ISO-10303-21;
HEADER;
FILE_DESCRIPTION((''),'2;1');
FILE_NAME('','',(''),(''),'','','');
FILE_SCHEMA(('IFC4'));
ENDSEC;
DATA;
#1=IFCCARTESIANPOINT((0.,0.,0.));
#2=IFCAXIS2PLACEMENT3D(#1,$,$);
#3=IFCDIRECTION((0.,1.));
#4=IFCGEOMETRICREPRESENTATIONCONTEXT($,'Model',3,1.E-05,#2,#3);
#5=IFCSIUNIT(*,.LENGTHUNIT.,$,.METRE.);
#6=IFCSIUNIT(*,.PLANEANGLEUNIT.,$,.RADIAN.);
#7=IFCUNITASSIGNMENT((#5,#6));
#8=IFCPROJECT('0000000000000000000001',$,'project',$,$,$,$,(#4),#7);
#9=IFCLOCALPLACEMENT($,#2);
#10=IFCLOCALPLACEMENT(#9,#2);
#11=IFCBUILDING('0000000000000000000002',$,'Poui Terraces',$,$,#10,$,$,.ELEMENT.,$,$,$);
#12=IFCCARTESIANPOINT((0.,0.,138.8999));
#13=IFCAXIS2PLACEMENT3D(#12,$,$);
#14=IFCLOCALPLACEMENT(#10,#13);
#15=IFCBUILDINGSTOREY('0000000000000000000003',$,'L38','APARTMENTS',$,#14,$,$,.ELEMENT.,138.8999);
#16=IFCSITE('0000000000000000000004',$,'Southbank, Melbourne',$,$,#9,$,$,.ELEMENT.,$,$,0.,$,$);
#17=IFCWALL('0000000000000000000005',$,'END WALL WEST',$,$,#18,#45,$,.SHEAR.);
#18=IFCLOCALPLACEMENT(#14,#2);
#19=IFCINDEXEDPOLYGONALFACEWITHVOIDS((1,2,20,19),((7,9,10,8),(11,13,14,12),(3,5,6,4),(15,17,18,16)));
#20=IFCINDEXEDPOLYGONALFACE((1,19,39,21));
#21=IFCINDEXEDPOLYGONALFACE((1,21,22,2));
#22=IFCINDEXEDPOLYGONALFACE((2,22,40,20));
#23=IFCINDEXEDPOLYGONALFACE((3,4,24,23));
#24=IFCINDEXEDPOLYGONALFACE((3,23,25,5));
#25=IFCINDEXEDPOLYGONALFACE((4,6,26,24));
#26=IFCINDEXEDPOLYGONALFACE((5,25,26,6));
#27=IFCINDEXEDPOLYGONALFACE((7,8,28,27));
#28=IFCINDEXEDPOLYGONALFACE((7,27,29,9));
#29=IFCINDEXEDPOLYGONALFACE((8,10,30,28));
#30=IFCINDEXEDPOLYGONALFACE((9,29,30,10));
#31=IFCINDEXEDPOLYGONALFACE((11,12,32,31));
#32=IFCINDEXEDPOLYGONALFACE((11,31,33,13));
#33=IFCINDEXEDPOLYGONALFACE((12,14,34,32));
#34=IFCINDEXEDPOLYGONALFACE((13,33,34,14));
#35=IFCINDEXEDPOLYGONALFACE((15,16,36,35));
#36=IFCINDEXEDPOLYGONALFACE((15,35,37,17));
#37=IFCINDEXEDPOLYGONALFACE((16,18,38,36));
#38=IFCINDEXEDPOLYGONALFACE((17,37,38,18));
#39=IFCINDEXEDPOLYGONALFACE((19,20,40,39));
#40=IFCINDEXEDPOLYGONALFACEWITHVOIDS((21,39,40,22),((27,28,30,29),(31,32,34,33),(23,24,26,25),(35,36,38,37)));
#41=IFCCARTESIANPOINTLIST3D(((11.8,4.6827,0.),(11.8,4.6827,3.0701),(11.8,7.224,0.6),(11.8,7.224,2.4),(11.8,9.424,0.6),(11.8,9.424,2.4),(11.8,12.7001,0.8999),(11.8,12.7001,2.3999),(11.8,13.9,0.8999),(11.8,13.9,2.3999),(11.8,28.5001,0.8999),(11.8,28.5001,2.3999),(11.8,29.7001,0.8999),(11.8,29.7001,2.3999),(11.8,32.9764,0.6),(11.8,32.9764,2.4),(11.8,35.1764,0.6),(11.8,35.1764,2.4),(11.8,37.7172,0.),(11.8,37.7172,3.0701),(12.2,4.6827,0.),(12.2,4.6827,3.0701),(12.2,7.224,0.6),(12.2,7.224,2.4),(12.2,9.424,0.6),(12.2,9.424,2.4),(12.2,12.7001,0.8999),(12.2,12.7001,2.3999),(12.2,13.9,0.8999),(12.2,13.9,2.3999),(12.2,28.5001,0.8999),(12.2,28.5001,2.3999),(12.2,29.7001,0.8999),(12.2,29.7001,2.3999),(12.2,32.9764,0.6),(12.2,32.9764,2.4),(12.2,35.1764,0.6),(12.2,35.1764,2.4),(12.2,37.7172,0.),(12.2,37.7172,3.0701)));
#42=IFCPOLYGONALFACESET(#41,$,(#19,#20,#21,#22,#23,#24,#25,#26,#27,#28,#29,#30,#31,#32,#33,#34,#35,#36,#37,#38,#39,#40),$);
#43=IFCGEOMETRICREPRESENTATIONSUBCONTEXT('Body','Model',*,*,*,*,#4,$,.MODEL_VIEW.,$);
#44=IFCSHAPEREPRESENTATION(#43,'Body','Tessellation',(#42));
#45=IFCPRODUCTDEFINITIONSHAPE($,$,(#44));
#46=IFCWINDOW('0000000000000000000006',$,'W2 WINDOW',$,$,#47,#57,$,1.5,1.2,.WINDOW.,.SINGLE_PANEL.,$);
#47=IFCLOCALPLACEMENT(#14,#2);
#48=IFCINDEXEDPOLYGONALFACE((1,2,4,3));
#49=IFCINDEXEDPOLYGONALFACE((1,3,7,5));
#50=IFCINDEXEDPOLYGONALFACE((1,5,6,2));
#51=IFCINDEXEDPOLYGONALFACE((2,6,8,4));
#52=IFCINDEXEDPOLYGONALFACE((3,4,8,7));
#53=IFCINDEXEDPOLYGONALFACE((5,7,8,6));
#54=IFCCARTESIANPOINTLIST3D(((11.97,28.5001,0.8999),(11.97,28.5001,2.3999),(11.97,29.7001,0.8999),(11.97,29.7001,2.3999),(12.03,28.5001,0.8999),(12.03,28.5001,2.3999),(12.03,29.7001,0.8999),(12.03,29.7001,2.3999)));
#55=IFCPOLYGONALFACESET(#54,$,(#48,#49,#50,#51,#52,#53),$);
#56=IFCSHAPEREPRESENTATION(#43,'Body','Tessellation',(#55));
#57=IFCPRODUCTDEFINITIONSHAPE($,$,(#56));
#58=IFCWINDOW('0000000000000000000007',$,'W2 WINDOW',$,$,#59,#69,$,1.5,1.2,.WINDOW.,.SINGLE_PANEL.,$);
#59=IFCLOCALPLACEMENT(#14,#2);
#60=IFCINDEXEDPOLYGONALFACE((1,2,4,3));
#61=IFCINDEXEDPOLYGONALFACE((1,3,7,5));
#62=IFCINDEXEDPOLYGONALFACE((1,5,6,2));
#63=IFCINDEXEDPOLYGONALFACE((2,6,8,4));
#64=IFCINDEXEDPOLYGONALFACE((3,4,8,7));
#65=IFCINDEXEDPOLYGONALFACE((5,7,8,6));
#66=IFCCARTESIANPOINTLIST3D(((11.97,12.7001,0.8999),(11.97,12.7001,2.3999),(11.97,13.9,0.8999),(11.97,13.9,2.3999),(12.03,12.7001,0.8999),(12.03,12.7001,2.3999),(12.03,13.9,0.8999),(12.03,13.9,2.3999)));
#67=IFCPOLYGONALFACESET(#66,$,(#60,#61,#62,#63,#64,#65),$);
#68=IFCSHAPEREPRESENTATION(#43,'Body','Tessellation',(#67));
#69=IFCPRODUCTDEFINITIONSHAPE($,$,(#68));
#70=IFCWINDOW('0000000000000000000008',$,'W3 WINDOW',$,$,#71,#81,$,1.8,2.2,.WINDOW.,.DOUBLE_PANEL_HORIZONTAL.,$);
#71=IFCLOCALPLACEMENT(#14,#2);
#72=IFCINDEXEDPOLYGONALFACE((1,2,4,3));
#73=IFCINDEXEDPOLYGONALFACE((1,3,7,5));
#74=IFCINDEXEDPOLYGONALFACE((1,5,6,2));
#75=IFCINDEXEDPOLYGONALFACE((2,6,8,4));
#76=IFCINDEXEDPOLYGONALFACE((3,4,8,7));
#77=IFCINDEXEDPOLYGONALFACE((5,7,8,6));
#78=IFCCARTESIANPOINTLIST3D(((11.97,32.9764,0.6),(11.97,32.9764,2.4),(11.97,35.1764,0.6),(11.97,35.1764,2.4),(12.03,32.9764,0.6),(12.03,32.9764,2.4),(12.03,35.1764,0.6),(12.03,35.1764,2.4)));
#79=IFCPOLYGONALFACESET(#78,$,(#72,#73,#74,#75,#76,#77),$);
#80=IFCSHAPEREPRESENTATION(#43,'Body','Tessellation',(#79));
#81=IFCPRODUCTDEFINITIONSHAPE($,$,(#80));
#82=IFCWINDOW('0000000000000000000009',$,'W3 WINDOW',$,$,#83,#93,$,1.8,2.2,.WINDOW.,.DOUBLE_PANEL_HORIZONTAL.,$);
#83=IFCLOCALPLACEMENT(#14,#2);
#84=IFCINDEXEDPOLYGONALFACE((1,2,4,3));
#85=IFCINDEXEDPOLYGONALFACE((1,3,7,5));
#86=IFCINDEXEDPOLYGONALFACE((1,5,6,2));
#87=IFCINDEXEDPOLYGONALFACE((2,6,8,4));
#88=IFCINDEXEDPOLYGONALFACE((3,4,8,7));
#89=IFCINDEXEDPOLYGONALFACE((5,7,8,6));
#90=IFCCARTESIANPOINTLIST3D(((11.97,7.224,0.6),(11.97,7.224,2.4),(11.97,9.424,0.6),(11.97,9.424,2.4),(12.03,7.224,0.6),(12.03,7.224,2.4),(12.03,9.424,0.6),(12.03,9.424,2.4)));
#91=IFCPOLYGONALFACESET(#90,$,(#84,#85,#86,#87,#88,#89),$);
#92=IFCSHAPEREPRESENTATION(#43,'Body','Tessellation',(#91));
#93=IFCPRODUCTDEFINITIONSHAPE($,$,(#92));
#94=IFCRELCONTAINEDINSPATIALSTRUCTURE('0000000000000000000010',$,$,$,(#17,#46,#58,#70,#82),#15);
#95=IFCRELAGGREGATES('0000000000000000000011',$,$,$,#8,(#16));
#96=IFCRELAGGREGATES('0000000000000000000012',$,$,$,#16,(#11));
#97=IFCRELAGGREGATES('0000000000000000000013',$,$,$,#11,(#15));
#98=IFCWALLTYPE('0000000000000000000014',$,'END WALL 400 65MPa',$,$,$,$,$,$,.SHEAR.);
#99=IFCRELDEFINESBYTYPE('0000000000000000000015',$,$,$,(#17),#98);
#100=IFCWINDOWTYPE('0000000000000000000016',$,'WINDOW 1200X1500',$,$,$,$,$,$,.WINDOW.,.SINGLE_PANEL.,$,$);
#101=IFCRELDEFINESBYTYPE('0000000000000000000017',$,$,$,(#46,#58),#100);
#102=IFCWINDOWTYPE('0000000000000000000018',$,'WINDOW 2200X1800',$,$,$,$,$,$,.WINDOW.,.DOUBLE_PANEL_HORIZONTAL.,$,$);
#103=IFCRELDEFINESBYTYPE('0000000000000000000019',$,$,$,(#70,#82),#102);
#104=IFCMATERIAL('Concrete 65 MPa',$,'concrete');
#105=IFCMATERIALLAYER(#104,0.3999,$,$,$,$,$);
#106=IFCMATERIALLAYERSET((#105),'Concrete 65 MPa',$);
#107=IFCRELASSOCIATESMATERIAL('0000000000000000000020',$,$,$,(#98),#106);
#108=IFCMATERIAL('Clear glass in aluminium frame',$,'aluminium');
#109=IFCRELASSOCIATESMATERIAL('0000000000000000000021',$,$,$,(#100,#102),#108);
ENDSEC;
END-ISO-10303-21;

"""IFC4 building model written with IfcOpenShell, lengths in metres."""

from ifc_helpers import new_model, si_unit, direction, frame, frame_2d, origin, place, context, subcontext, project, spatial, rectangle, extrude, material, layer, layer_set, type_object, element, fill, save


model = new_model("IFC4")

# Units and contexts
model_context = context("Model", 3, precision=1e-05, world=origin(), true_north=direction((0.0, 1.0)))
body_context = subcontext(model_context, "Body", "Model", "MODEL_VIEW")
ifc_project = project(units=[si_unit("LENGTHUNIT", "METRE"), si_unit("PLANEANGLEUNIT", "RADIAN")], contexts=[model_context])

# Site, building, storey
site_placement = place(None, origin())
site = spatial("IfcSite", under=ifc_project, at=site_placement, Name="Southbank, Melbourne", CompositionType="ELEMENT", RefElevation=0.0)
building_placement = place(site_placement, origin())
building = spatial("IfcBuilding", under=site, at=building_placement, Name="Poui Terraces", CompositionType="ELEMENT")
storey_placement = place(building_placement, frame((0.0, 0.0, 138.8999)))
storey = spatial("IfcBuildingStorey", under=building, at=storey_placement, Name="L38", Description="APARTMENTS", CompositionType="ELEMENT", Elevation=138.8999)

# Shared definitions
ifc_material_1 = material(Name="Concrete 65 MPa", Category="concrete")

# Wall, openings, windows
ifc_layer_1 = layer(ifc_material_1, 0.3999)
ifc_layer_set_1 = layer_set([ifc_layer_1], Name="Concrete 65 MPa")
wall_type = type_object("IfcWallType", Name="END WALL 400 65MPa", PredefinedType="SHEAR", material=ifc_layer_set_1)
wall_placement = place(storey_placement, frame((12.0, 4.6829, 0.0), z_axis=(0.0, 0.0, 1.0), x_axis=(0.0, 1.0, 0.0)))
wall = element("IfcWall", 1, at=wall_placement, inside=storey, type_object=wall_type, Name="END WALL WEST", PredefinedType="SHEAR", context=body_context, shape_type="SweptSolid", body=[
    extrude(rectangle(XDim=33.0344, YDim=0.3999, at=frame_2d((16.5171, 0.0))), origin(), (0.0, 0.0, 1.0), 3.0701),
])
opening_1_placement = place(wall_placement, frame((23.8171, 0.0, 0.8999)))
opening_1 = element("IfcOpeningElement", 2, at=opening_1_placement, cuts=wall, PredefinedType="OPENING", context=body_context, shape_type="SweptSolid", body=[
    extrude(rectangle(XDim=1.2, YDim=1.5, at=frame_2d((0.6001, 0.75))), frame((0.0, 0.21, 0.0), z_axis=(0.0, -1.0, 0.0), x_axis=(1.0, 0.0, 0.0)), (0.0, 0.0, 1.0), 0.4199),
])
opening_2_placement = place(wall_placement, frame((8.0171, 0.0, 0.8999)))
opening_2 = element("IfcOpeningElement", 3, at=opening_2_placement, cuts=wall, PredefinedType="OPENING", context=body_context, shape_type="SweptSolid", body=[
    extrude(rectangle(XDim=1.2, YDim=1.5, at=frame_2d((0.6001, 0.75))), frame((0.0, 0.21, 0.0), z_axis=(0.0, -1.0, 0.0), x_axis=(1.0, 0.0, 0.0)), (0.0, 0.0, 1.0), 0.4199),
])
opening_3_placement = place(wall_placement, frame((28.2935, 0.0, 0.6001)))
opening_3 = element("IfcOpeningElement", 4, at=opening_3_placement, cuts=wall, PredefinedType="OPENING", context=body_context, shape_type="SweptSolid", body=[
    extrude(rectangle(XDim=2.2, YDim=1.8, at=frame_2d((1.1001, 0.8999))), frame((0.0, 0.21, 0.0), z_axis=(0.0, -1.0, 0.0), x_axis=(1.0, 0.0, 0.0)), (0.0, 0.0, 1.0), 0.4199),
])
opening_4_placement = place(wall_placement, frame((2.541, 0.0, 0.6001)))
opening_4 = element("IfcOpeningElement", 5, at=opening_4_placement, cuts=wall, PredefinedType="OPENING", context=body_context, shape_type="SweptSolid", body=[
    extrude(rectangle(XDim=2.2, YDim=1.8, at=frame_2d((1.1001, 0.8999))), frame((0.0, 0.21, 0.0), z_axis=(0.0, -1.0, 0.0), x_axis=(1.0, 0.0, 0.0)), (0.0, 0.0, 1.0), 0.4199),
])
ifc_material_2 = material(Name="Clear glass in aluminium frame", Category="aluminium")
window_type_1 = type_object("IfcWindowType", Name="WINDOW 1200X1500", PartitioningType="SINGLE_PANEL", PredefinedType="WINDOW", material=ifc_material_2)
window_1_placement = place(opening_1_placement, origin())
window_1 = element("IfcWindow", 6, at=window_1_placement, inside=storey, type_object=window_type_1, Name="W2 WINDOW", OverallHeight=1.5, OverallWidth=1.2, PartitioningType="SINGLE_PANEL", PredefinedType="WINDOW", context=body_context, shape_type="SweptSolid", body=[
    extrude(rectangle(XDim=1.2, YDim=1.5, at=frame_2d((0.6001, 0.75))), frame((0.0, 0.03, 0.0), z_axis=(0.0, -1.0, 0.0), x_axis=(1.0, 0.0, 0.0)), (0.0, 0.0, 1.0), 0.0601),
])
fill(opening_1, window_1)
window_2_placement = place(opening_2_placement, origin())
window_2 = element("IfcWindow", 7, at=window_2_placement, inside=storey, type_object=window_type_1, Name="W2 WINDOW", OverallHeight=1.5, OverallWidth=1.2, PartitioningType="SINGLE_PANEL", PredefinedType="WINDOW", context=body_context, shape_type="SweptSolid", body=[
    extrude(rectangle(XDim=1.2, YDim=1.5, at=frame_2d((0.6001, 0.75))), frame((0.0, 0.03, 0.0), z_axis=(0.0, -1.0, 0.0), x_axis=(1.0, 0.0, 0.0)), (0.0, 0.0, 1.0), 0.0601),
])
fill(opening_2, window_2)
window_type_2 = type_object("IfcWindowType", Name="WINDOW 2200X1800", PartitioningType="DOUBLE_PANEL_HORIZONTAL", PredefinedType="WINDOW", material=ifc_material_2)
window_3_placement = place(opening_3_placement, origin())
window_3 = element("IfcWindow", 8, at=window_3_placement, inside=storey, type_object=window_type_2, Name="W3 WINDOW", OverallHeight=1.8, OverallWidth=2.2, PartitioningType="DOUBLE_PANEL_HORIZONTAL", PredefinedType="WINDOW", context=body_context, shape_type="SweptSolid", body=[
    extrude(rectangle(XDim=2.2, YDim=1.8, at=frame_2d((1.1001, 0.8999))), frame((0.0, 0.03, 0.0), z_axis=(0.0, -1.0, 0.0), x_axis=(1.0, 0.0, 0.0)), (0.0, 0.0, 1.0), 0.0601),
])
fill(opening_3, window_3)
window_4_placement = place(opening_4_placement, origin())
window_4 = element("IfcWindow", 9, at=window_4_placement, inside=storey, type_object=window_type_2, Name="W3 WINDOW", OverallHeight=1.8, OverallWidth=2.2, PartitioningType="DOUBLE_PANEL_HORIZONTAL", PredefinedType="WINDOW", context=body_context, shape_type="SweptSolid", body=[
    extrude(rectangle(XDim=2.2, YDim=1.8, at=frame_2d((1.1001, 0.8999))), frame((0.0, 0.03, 0.0), z_axis=(0.0, -1.0, 0.0), x_axis=(1.0, 0.0, 0.0)), (0.0, 0.0, 1.0), 0.0601),
])
fill(opening_4, window_4)

save(model, "model.ifc")
